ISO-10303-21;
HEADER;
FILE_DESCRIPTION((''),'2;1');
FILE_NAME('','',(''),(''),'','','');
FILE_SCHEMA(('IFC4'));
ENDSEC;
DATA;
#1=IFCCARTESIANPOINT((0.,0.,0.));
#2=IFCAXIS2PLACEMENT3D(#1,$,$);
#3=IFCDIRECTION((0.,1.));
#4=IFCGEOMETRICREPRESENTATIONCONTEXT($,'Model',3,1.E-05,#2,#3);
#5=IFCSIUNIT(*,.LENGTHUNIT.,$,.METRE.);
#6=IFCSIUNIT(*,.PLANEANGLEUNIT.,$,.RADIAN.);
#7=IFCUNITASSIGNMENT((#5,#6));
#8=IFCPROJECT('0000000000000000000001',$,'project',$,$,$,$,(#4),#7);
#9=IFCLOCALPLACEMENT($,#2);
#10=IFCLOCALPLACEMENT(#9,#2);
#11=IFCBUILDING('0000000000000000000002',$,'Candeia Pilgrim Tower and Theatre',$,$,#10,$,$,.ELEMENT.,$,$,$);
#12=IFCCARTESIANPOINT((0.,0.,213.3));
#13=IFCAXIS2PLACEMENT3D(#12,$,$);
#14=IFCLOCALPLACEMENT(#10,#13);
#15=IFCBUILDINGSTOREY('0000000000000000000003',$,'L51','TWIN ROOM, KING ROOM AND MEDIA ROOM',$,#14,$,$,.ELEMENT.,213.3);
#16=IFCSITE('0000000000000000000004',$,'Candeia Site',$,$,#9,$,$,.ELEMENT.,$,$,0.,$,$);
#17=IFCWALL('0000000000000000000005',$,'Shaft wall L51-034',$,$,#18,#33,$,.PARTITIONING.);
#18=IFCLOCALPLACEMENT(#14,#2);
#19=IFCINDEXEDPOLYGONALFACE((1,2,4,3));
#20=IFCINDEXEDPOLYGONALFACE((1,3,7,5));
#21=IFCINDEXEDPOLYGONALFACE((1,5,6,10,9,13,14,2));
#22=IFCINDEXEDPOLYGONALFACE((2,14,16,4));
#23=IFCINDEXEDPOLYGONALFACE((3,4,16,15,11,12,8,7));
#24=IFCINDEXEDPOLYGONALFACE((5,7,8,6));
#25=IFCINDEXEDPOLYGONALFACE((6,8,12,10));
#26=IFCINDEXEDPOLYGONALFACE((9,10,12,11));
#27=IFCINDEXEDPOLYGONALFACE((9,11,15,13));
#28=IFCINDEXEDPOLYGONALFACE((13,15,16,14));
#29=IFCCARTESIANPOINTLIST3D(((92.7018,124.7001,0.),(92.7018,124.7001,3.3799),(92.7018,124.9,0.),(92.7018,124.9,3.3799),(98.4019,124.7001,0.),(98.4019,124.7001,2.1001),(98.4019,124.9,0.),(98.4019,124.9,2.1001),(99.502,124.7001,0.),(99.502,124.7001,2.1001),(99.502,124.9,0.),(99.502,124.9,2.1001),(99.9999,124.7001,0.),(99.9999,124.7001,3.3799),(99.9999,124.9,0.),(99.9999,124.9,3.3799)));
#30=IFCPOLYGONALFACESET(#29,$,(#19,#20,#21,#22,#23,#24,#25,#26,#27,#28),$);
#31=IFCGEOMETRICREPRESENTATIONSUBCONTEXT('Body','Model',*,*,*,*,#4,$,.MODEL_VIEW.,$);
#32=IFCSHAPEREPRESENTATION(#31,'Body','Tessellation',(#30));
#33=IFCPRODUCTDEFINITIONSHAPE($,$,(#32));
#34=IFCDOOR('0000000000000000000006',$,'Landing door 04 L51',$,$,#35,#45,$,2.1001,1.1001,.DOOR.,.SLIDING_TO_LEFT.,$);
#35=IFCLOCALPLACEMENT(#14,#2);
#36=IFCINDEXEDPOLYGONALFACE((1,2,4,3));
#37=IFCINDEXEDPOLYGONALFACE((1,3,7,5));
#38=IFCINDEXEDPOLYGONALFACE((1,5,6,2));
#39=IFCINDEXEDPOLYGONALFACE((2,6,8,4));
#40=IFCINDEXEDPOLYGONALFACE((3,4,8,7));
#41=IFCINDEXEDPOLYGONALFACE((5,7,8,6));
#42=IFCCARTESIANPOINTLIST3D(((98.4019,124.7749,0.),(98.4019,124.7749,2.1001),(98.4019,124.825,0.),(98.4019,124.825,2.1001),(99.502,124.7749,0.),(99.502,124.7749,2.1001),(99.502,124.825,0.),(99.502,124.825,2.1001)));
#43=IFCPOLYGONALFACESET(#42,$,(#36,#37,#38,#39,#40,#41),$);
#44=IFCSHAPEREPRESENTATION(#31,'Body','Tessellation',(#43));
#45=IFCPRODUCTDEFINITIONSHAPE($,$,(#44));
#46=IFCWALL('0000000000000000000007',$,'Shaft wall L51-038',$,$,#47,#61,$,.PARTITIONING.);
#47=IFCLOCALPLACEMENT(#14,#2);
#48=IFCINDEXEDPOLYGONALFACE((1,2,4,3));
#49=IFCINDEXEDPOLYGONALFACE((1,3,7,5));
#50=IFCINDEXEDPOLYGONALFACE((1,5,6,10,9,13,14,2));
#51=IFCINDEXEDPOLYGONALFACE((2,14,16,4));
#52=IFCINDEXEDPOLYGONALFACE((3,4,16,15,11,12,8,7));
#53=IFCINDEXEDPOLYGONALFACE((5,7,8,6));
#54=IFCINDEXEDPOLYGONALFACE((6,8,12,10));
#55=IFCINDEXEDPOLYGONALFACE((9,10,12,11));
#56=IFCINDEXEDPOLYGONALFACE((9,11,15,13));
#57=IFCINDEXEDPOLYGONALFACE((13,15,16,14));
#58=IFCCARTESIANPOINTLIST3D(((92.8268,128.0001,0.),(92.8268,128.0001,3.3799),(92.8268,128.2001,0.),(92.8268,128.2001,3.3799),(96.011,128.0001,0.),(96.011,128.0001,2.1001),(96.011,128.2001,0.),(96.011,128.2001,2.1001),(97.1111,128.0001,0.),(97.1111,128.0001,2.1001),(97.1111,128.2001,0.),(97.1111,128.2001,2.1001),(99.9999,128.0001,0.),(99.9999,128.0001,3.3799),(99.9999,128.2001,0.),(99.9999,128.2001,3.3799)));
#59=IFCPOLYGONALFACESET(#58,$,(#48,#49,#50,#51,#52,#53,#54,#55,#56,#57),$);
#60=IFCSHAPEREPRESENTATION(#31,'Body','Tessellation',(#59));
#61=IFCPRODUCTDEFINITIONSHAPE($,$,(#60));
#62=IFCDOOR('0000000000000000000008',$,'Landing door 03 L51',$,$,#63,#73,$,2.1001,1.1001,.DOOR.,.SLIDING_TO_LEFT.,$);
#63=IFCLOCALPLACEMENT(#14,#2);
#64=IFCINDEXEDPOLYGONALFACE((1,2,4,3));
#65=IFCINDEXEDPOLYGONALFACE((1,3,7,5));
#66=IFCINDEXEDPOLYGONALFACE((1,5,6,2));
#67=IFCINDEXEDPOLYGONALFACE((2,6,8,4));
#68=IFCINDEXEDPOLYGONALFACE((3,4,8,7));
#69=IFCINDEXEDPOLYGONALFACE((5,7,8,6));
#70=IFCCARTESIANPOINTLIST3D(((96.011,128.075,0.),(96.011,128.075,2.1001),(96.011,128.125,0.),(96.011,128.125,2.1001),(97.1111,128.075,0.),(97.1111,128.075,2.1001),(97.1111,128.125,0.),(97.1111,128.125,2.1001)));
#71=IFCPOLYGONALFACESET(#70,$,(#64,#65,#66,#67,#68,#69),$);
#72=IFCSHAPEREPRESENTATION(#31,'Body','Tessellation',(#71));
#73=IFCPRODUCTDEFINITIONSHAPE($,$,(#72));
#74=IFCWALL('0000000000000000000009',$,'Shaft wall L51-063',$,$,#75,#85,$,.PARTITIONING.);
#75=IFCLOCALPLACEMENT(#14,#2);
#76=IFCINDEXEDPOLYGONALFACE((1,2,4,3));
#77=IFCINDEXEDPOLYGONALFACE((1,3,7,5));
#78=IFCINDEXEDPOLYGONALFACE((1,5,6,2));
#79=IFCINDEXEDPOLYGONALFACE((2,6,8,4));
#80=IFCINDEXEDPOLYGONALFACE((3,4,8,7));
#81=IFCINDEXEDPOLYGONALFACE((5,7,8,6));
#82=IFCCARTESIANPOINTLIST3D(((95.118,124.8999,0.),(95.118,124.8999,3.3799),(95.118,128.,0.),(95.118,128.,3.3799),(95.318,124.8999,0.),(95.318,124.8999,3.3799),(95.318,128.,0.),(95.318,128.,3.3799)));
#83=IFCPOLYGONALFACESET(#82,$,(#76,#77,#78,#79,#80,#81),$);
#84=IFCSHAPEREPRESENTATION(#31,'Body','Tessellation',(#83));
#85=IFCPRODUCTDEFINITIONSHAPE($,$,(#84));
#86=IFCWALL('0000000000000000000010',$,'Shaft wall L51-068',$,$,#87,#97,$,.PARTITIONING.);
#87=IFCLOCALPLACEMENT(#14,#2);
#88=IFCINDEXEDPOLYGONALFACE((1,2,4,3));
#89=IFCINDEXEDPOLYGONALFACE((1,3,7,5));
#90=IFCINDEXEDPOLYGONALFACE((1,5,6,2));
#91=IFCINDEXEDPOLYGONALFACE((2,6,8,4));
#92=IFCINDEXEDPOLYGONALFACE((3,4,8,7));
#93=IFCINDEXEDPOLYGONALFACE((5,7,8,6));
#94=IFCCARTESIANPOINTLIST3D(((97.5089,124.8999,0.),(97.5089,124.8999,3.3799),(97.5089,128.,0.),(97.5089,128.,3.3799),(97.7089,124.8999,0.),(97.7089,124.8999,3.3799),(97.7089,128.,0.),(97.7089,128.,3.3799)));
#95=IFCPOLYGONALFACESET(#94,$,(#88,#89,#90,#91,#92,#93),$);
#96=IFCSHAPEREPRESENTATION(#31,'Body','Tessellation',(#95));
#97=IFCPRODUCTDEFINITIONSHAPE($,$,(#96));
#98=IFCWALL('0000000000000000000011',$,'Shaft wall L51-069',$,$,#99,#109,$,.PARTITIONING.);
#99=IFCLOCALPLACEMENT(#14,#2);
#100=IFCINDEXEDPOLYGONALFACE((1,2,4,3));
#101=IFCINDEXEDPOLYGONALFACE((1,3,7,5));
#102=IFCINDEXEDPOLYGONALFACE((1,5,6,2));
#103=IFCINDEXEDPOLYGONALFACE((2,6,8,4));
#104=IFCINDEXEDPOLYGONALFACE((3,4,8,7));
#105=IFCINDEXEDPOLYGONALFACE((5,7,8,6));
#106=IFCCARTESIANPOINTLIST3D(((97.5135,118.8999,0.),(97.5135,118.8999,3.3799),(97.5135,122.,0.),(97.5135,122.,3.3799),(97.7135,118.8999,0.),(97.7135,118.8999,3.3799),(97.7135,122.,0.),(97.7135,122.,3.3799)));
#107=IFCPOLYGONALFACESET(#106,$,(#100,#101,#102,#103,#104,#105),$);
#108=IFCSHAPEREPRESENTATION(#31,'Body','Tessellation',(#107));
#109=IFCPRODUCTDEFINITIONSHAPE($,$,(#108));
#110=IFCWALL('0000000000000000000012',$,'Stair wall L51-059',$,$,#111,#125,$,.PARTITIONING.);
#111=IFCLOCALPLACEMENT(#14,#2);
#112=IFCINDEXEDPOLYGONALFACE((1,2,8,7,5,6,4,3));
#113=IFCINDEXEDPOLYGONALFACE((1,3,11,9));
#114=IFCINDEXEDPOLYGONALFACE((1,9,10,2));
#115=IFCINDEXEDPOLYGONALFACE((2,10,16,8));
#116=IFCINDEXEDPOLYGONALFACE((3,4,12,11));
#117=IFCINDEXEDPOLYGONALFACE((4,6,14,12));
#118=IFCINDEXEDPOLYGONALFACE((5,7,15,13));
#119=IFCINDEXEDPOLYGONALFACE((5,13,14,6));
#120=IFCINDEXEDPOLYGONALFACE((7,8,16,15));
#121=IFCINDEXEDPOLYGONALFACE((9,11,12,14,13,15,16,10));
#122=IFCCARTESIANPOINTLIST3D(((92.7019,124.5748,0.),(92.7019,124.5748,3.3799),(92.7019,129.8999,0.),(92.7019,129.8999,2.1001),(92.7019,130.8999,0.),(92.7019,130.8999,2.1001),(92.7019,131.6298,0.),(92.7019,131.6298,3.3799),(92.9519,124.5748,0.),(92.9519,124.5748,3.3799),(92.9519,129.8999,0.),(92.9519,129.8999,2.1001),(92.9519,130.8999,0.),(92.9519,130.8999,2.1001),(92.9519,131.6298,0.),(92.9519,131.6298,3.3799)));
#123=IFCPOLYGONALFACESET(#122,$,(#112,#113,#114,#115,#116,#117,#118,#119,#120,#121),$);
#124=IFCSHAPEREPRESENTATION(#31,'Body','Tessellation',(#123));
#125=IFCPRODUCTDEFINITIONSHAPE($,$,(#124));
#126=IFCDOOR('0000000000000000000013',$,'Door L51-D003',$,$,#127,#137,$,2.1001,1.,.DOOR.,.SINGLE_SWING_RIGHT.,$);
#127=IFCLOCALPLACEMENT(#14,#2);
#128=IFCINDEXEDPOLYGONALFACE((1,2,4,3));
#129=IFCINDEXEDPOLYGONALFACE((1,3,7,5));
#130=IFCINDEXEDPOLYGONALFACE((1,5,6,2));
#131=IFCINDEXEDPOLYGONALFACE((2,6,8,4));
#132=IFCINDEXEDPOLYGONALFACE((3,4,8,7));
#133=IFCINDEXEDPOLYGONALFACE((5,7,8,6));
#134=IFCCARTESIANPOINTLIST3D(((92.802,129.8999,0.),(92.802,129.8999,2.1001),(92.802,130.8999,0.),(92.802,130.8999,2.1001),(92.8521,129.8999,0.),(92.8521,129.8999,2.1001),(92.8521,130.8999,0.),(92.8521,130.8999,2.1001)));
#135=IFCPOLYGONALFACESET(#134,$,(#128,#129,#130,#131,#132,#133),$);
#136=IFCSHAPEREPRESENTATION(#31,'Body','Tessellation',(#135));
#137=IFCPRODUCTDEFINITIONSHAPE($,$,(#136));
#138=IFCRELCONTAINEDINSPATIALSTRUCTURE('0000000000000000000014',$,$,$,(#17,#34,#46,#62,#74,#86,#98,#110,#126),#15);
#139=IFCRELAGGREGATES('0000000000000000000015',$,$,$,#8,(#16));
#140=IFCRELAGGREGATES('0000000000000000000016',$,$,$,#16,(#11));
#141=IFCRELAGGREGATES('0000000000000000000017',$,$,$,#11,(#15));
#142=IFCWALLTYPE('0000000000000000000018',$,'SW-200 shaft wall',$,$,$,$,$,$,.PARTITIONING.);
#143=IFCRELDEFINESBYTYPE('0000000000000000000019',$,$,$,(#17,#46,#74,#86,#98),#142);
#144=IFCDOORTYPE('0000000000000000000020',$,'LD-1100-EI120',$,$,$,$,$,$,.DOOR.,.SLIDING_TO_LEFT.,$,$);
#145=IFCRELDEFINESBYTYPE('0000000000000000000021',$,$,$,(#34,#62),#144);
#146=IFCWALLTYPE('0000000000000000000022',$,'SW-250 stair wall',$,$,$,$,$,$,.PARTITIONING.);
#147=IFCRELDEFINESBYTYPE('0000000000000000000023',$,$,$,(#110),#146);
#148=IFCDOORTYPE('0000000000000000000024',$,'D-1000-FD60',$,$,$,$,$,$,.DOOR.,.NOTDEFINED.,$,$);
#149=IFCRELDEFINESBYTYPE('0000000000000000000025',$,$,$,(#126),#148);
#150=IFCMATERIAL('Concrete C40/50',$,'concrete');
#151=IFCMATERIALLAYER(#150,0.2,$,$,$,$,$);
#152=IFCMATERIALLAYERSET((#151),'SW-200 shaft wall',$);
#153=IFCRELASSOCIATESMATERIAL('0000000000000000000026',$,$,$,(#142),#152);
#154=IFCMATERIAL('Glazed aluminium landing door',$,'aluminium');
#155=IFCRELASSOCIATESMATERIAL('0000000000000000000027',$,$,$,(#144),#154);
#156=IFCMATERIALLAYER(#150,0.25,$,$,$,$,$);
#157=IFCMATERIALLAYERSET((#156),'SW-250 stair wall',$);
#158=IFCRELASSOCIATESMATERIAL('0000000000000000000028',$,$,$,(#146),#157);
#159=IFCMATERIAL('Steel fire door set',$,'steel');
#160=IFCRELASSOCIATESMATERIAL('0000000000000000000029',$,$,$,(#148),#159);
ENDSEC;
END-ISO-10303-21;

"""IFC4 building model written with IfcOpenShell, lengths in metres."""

from ifc_helpers import new_model, si_unit, direction, frame, frame_2d, origin, place, context, subcontext, project, spatial, rectangle, extrude, material, layer, layer_set, type_object, element, fill, save


model = new_model("IFC4")

# Units and contexts
model_context = context("Model", 3, precision=1e-05, world=origin(), true_north=direction((0.0, 1.0)))
body_context = subcontext(model_context, "Body", "Model", "MODEL_VIEW")
ifc_project = project(units=[si_unit("LENGTHUNIT", "METRE"), si_unit("PLANEANGLEUNIT", "RADIAN")], contexts=[model_context])

# Site, building, storey
site_placement = place(None, origin())
site = spatial("IfcSite", under=ifc_project, at=site_placement, Name="Candeia Site", CompositionType="ELEMENT", RefElevation=0.0)
building_placement = place(site_placement, origin())
building = spatial("IfcBuilding", under=site, at=building_placement, Name="Candeia Pilgrim Tower and Theatre", CompositionType="ELEMENT")
storey_placement = place(building_placement, frame((0.0, 0.0, 213.3)))
storey = spatial("IfcBuildingStorey", under=building, at=storey_placement, Name="L51", Description="TWIN ROOM, KING ROOM AND MEDIA ROOM", CompositionType="ELEMENT", Elevation=213.3)

# Shared definitions
ifc_material_1 = material(Name="Steel fire door set", Category="steel")

# Shared definitions
ifc_material_2 = material(Name="Concrete C40/50", Category="concrete")
ifc_layer_1 = layer(ifc_material_2, 0.2)
ifc_layer_set_1 = layer_set([ifc_layer_1], Name="SW-200 shaft wall")
wall_type_1 = type_object("IfcWallType", Name="SW-200 shaft wall", PredefinedType="PARTITIONING", material=ifc_layer_set_1)

# Shared definitions
ifc_material_3 = material(Name="Glazed aluminium landing door", Category="aluminium")
door_type_1 = type_object("IfcDoorType", Name="LD-1100-EI120", OperationType="SLIDING_TO_LEFT", PredefinedType="DOOR", material=ifc_material_3)

# Walls, openings, doors
wall_1_placement = place(storey_placement, frame((92.7019, 124.8, 0.0), z_axis=(0.0, 0.0, 1.0), x_axis=(1.0, 0.0, 0.0)))
wall_1 = element("IfcWall", 1, at=wall_1_placement, inside=storey, type_object=wall_type_1, Name="Shaft wall L51-034", PredefinedType="PARTITIONING", context=body_context, shape_type="SweptSolid", body=[
    extrude(rectangle(XDim=7.2981, YDim=0.2, at=frame_2d((3.6489, 0.0))), origin(), (0.0, 0.0, 1.0), 3.3799),
])
opening_1_placement = place(wall_1_placement, frame((5.7, 0.0, 0.0)))
opening_1 = element("IfcOpeningElement", 2, at=opening_1_placement, cuts=wall_1, PredefinedType="OPENING", context=body_context, shape_type="SweptSolid", body=[
    extrude(rectangle(XDim=1.1001, YDim=2.1001, at=frame_2d((0.55, 1.05))), frame((0.0, 0.1099, 0.0), z_axis=(0.0, -1.0, 0.0), x_axis=(1.0, 0.0, 0.0)), (0.0, 0.0, 1.0), 0.22),
])
door_1_placement = place(opening_1_placement, origin())
door_1 = element("IfcDoor", 3, at=door_1_placement, inside=storey, type_object=door_type_1, Name="Landing door 04 L51", OperationType="SLIDING_TO_LEFT", OverallHeight=2.1001, OverallWidth=1.1001, PredefinedType="DOOR", context=body_context, shape_type="SweptSolid", body=[
    extrude(rectangle(XDim=1.1001, YDim=2.1001, at=frame_2d((0.55, 1.05))), frame((0.0, 0.0249, 0.0), z_axis=(0.0, -1.0, 0.0), x_axis=(1.0, 0.0, 0.0)), (0.0, 0.0, 1.0), 0.05),
])
fill(opening_1, door_1)
wall_2_placement = place(storey_placement, frame((92.8269, 128.1001, 0.0), z_axis=(0.0, 0.0, 1.0), x_axis=(1.0, 0.0, 0.0)))
wall_2 = element("IfcWall", 4, at=wall_2_placement, inside=storey, type_object=wall_type_1, Name="Shaft wall L51-038", PredefinedType="PARTITIONING", context=body_context, shape_type="SweptSolid", body=[
    extrude(rectangle(XDim=7.1731, YDim=0.2, at=frame_2d((3.5864, 0.0))), origin(), (0.0, 0.0, 1.0), 3.3799),
])
opening_2_placement = place(wall_2_placement, frame((3.1841, 0.0, 0.0)))
opening_2 = element("IfcOpeningElement", 5, at=opening_2_placement, cuts=wall_2, PredefinedType="OPENING", context=body_context, shape_type="SweptSolid", body=[
    extrude(rectangle(XDim=1.1001, YDim=2.1001, at=frame_2d((0.55, 1.05))), frame((0.0, 0.1099, 0.0), z_axis=(0.0, -1.0, 0.0), x_axis=(1.0, 0.0, 0.0)), (0.0, 0.0, 1.0), 0.22),
])
door_2_placement = place(opening_2_placement, origin())
door_2 = element("IfcDoor", 6, at=door_2_placement, inside=storey, type_object=door_type_1, Name="Landing door 03 L51", OperationType="SLIDING_TO_LEFT", OverallHeight=2.1001, OverallWidth=1.1001, PredefinedType="DOOR", context=body_context, shape_type="SweptSolid", body=[
    extrude(rectangle(XDim=1.1001, YDim=2.1001, at=frame_2d((0.55, 1.05))), frame((0.0, 0.0249, 0.0), z_axis=(0.0, -1.0, 0.0), x_axis=(1.0, 0.0, 0.0)), (0.0, 0.0, 1.0), 0.05),
])
fill(opening_2, door_2)

# Walls
for number, where, z_axis, x_axis, name in (
    (7, (95.218, 124.8999, 0.0), (0.0, 0.0, 1.0), (0.0, 1.0, 0.0), "Shaft wall L51-063"),
    (8, (97.6089, 124.8999, 0.0), (0.0, 0.0, 1.0), (0.0, 1.0, 0.0), "Shaft wall L51-068"),
    (9, (97.6135, 118.8999, 0.0), (0.0, 0.0, 1.0), (0.0, 1.0, 0.0), "Shaft wall L51-069"),
):
    element("IfcWall", number, at=place(storey_placement, frame(where, z_axis=z_axis, x_axis=x_axis)), inside=storey, type_object=wall_type_1, Name=name, PredefinedType="PARTITIONING", context=body_context, shape_type="SweptSolid", body=[
        extrude(rectangle(XDim=3.1001, YDim=0.2, at=frame_2d((1.55, 0.0))), origin(), (0.0, 0.0, 1.0), 3.3799),
    ])

# Wall, opening, door
ifc_layer_2 = layer(ifc_material_2, 0.25)
ifc_layer_set_2 = layer_set([ifc_layer_2], Name="SW-250 stair wall")
wall_type_2 = type_object("IfcWallType", Name="SW-250 stair wall", PredefinedType="PARTITIONING", material=ifc_layer_set_2)
wall_3_placement = place(storey_placement, frame((92.8269, 124.575, 0.0), z_axis=(0.0, 0.0, 1.0), x_axis=(0.0, 1.0, 0.0)))
wall_3 = element("IfcWall", 10, at=wall_3_placement, inside=storey, type_object=wall_type_2, Name="Stair wall L51-059", PredefinedType="PARTITIONING", context=body_context, shape_type="SweptSolid", body=[
    extrude(rectangle(XDim=7.0549, YDim=0.25, at=frame_2d((3.5273, 0.0))), origin(), (0.0, 0.0, 1.0), 3.3799),
])
opening_3_placement = place(wall_3_placement, frame((5.325, 0.0, 0.0)))
opening_3 = element("IfcOpeningElement", 11, at=opening_3_placement, cuts=wall_3, PredefinedType="OPENING", context=body_context, shape_type="SweptSolid", body=[
    extrude(rectangle(XDim=1.0, YDim=2.1001, at=frame_2d((0.5, 1.05))), frame((0.0, 0.135, 0.0), z_axis=(0.0, -1.0, 0.0), x_axis=(1.0, 0.0, 0.0)), (0.0, 0.0, 1.0), 0.27),
])
door_type_2 = type_object("IfcDoorType", Name="D-1000-FD60", OperationType="NOTDEFINED", PredefinedType="DOOR", material=ifc_material_1)
door_3_placement = place(opening_3_placement, origin())
door_3 = element("IfcDoor", 12, at=door_3_placement, inside=storey, type_object=door_type_2, Name="Door L51-D003", OperationType="SINGLE_SWING_RIGHT", OverallHeight=2.1001, OverallWidth=1.0, PredefinedType="DOOR", context=body_context, shape_type="SweptSolid", body=[
    extrude(rectangle(XDim=1.0, YDim=2.1001, at=frame_2d((0.5, 1.05))), frame((0.0, 0.0249, 0.0), z_axis=(0.0, -1.0, 0.0), x_axis=(1.0, 0.0, 0.0)), (0.0, 0.0, 1.0), 0.05),
])
fill(opening_3, door_3)

save(model, "model.ifc")
